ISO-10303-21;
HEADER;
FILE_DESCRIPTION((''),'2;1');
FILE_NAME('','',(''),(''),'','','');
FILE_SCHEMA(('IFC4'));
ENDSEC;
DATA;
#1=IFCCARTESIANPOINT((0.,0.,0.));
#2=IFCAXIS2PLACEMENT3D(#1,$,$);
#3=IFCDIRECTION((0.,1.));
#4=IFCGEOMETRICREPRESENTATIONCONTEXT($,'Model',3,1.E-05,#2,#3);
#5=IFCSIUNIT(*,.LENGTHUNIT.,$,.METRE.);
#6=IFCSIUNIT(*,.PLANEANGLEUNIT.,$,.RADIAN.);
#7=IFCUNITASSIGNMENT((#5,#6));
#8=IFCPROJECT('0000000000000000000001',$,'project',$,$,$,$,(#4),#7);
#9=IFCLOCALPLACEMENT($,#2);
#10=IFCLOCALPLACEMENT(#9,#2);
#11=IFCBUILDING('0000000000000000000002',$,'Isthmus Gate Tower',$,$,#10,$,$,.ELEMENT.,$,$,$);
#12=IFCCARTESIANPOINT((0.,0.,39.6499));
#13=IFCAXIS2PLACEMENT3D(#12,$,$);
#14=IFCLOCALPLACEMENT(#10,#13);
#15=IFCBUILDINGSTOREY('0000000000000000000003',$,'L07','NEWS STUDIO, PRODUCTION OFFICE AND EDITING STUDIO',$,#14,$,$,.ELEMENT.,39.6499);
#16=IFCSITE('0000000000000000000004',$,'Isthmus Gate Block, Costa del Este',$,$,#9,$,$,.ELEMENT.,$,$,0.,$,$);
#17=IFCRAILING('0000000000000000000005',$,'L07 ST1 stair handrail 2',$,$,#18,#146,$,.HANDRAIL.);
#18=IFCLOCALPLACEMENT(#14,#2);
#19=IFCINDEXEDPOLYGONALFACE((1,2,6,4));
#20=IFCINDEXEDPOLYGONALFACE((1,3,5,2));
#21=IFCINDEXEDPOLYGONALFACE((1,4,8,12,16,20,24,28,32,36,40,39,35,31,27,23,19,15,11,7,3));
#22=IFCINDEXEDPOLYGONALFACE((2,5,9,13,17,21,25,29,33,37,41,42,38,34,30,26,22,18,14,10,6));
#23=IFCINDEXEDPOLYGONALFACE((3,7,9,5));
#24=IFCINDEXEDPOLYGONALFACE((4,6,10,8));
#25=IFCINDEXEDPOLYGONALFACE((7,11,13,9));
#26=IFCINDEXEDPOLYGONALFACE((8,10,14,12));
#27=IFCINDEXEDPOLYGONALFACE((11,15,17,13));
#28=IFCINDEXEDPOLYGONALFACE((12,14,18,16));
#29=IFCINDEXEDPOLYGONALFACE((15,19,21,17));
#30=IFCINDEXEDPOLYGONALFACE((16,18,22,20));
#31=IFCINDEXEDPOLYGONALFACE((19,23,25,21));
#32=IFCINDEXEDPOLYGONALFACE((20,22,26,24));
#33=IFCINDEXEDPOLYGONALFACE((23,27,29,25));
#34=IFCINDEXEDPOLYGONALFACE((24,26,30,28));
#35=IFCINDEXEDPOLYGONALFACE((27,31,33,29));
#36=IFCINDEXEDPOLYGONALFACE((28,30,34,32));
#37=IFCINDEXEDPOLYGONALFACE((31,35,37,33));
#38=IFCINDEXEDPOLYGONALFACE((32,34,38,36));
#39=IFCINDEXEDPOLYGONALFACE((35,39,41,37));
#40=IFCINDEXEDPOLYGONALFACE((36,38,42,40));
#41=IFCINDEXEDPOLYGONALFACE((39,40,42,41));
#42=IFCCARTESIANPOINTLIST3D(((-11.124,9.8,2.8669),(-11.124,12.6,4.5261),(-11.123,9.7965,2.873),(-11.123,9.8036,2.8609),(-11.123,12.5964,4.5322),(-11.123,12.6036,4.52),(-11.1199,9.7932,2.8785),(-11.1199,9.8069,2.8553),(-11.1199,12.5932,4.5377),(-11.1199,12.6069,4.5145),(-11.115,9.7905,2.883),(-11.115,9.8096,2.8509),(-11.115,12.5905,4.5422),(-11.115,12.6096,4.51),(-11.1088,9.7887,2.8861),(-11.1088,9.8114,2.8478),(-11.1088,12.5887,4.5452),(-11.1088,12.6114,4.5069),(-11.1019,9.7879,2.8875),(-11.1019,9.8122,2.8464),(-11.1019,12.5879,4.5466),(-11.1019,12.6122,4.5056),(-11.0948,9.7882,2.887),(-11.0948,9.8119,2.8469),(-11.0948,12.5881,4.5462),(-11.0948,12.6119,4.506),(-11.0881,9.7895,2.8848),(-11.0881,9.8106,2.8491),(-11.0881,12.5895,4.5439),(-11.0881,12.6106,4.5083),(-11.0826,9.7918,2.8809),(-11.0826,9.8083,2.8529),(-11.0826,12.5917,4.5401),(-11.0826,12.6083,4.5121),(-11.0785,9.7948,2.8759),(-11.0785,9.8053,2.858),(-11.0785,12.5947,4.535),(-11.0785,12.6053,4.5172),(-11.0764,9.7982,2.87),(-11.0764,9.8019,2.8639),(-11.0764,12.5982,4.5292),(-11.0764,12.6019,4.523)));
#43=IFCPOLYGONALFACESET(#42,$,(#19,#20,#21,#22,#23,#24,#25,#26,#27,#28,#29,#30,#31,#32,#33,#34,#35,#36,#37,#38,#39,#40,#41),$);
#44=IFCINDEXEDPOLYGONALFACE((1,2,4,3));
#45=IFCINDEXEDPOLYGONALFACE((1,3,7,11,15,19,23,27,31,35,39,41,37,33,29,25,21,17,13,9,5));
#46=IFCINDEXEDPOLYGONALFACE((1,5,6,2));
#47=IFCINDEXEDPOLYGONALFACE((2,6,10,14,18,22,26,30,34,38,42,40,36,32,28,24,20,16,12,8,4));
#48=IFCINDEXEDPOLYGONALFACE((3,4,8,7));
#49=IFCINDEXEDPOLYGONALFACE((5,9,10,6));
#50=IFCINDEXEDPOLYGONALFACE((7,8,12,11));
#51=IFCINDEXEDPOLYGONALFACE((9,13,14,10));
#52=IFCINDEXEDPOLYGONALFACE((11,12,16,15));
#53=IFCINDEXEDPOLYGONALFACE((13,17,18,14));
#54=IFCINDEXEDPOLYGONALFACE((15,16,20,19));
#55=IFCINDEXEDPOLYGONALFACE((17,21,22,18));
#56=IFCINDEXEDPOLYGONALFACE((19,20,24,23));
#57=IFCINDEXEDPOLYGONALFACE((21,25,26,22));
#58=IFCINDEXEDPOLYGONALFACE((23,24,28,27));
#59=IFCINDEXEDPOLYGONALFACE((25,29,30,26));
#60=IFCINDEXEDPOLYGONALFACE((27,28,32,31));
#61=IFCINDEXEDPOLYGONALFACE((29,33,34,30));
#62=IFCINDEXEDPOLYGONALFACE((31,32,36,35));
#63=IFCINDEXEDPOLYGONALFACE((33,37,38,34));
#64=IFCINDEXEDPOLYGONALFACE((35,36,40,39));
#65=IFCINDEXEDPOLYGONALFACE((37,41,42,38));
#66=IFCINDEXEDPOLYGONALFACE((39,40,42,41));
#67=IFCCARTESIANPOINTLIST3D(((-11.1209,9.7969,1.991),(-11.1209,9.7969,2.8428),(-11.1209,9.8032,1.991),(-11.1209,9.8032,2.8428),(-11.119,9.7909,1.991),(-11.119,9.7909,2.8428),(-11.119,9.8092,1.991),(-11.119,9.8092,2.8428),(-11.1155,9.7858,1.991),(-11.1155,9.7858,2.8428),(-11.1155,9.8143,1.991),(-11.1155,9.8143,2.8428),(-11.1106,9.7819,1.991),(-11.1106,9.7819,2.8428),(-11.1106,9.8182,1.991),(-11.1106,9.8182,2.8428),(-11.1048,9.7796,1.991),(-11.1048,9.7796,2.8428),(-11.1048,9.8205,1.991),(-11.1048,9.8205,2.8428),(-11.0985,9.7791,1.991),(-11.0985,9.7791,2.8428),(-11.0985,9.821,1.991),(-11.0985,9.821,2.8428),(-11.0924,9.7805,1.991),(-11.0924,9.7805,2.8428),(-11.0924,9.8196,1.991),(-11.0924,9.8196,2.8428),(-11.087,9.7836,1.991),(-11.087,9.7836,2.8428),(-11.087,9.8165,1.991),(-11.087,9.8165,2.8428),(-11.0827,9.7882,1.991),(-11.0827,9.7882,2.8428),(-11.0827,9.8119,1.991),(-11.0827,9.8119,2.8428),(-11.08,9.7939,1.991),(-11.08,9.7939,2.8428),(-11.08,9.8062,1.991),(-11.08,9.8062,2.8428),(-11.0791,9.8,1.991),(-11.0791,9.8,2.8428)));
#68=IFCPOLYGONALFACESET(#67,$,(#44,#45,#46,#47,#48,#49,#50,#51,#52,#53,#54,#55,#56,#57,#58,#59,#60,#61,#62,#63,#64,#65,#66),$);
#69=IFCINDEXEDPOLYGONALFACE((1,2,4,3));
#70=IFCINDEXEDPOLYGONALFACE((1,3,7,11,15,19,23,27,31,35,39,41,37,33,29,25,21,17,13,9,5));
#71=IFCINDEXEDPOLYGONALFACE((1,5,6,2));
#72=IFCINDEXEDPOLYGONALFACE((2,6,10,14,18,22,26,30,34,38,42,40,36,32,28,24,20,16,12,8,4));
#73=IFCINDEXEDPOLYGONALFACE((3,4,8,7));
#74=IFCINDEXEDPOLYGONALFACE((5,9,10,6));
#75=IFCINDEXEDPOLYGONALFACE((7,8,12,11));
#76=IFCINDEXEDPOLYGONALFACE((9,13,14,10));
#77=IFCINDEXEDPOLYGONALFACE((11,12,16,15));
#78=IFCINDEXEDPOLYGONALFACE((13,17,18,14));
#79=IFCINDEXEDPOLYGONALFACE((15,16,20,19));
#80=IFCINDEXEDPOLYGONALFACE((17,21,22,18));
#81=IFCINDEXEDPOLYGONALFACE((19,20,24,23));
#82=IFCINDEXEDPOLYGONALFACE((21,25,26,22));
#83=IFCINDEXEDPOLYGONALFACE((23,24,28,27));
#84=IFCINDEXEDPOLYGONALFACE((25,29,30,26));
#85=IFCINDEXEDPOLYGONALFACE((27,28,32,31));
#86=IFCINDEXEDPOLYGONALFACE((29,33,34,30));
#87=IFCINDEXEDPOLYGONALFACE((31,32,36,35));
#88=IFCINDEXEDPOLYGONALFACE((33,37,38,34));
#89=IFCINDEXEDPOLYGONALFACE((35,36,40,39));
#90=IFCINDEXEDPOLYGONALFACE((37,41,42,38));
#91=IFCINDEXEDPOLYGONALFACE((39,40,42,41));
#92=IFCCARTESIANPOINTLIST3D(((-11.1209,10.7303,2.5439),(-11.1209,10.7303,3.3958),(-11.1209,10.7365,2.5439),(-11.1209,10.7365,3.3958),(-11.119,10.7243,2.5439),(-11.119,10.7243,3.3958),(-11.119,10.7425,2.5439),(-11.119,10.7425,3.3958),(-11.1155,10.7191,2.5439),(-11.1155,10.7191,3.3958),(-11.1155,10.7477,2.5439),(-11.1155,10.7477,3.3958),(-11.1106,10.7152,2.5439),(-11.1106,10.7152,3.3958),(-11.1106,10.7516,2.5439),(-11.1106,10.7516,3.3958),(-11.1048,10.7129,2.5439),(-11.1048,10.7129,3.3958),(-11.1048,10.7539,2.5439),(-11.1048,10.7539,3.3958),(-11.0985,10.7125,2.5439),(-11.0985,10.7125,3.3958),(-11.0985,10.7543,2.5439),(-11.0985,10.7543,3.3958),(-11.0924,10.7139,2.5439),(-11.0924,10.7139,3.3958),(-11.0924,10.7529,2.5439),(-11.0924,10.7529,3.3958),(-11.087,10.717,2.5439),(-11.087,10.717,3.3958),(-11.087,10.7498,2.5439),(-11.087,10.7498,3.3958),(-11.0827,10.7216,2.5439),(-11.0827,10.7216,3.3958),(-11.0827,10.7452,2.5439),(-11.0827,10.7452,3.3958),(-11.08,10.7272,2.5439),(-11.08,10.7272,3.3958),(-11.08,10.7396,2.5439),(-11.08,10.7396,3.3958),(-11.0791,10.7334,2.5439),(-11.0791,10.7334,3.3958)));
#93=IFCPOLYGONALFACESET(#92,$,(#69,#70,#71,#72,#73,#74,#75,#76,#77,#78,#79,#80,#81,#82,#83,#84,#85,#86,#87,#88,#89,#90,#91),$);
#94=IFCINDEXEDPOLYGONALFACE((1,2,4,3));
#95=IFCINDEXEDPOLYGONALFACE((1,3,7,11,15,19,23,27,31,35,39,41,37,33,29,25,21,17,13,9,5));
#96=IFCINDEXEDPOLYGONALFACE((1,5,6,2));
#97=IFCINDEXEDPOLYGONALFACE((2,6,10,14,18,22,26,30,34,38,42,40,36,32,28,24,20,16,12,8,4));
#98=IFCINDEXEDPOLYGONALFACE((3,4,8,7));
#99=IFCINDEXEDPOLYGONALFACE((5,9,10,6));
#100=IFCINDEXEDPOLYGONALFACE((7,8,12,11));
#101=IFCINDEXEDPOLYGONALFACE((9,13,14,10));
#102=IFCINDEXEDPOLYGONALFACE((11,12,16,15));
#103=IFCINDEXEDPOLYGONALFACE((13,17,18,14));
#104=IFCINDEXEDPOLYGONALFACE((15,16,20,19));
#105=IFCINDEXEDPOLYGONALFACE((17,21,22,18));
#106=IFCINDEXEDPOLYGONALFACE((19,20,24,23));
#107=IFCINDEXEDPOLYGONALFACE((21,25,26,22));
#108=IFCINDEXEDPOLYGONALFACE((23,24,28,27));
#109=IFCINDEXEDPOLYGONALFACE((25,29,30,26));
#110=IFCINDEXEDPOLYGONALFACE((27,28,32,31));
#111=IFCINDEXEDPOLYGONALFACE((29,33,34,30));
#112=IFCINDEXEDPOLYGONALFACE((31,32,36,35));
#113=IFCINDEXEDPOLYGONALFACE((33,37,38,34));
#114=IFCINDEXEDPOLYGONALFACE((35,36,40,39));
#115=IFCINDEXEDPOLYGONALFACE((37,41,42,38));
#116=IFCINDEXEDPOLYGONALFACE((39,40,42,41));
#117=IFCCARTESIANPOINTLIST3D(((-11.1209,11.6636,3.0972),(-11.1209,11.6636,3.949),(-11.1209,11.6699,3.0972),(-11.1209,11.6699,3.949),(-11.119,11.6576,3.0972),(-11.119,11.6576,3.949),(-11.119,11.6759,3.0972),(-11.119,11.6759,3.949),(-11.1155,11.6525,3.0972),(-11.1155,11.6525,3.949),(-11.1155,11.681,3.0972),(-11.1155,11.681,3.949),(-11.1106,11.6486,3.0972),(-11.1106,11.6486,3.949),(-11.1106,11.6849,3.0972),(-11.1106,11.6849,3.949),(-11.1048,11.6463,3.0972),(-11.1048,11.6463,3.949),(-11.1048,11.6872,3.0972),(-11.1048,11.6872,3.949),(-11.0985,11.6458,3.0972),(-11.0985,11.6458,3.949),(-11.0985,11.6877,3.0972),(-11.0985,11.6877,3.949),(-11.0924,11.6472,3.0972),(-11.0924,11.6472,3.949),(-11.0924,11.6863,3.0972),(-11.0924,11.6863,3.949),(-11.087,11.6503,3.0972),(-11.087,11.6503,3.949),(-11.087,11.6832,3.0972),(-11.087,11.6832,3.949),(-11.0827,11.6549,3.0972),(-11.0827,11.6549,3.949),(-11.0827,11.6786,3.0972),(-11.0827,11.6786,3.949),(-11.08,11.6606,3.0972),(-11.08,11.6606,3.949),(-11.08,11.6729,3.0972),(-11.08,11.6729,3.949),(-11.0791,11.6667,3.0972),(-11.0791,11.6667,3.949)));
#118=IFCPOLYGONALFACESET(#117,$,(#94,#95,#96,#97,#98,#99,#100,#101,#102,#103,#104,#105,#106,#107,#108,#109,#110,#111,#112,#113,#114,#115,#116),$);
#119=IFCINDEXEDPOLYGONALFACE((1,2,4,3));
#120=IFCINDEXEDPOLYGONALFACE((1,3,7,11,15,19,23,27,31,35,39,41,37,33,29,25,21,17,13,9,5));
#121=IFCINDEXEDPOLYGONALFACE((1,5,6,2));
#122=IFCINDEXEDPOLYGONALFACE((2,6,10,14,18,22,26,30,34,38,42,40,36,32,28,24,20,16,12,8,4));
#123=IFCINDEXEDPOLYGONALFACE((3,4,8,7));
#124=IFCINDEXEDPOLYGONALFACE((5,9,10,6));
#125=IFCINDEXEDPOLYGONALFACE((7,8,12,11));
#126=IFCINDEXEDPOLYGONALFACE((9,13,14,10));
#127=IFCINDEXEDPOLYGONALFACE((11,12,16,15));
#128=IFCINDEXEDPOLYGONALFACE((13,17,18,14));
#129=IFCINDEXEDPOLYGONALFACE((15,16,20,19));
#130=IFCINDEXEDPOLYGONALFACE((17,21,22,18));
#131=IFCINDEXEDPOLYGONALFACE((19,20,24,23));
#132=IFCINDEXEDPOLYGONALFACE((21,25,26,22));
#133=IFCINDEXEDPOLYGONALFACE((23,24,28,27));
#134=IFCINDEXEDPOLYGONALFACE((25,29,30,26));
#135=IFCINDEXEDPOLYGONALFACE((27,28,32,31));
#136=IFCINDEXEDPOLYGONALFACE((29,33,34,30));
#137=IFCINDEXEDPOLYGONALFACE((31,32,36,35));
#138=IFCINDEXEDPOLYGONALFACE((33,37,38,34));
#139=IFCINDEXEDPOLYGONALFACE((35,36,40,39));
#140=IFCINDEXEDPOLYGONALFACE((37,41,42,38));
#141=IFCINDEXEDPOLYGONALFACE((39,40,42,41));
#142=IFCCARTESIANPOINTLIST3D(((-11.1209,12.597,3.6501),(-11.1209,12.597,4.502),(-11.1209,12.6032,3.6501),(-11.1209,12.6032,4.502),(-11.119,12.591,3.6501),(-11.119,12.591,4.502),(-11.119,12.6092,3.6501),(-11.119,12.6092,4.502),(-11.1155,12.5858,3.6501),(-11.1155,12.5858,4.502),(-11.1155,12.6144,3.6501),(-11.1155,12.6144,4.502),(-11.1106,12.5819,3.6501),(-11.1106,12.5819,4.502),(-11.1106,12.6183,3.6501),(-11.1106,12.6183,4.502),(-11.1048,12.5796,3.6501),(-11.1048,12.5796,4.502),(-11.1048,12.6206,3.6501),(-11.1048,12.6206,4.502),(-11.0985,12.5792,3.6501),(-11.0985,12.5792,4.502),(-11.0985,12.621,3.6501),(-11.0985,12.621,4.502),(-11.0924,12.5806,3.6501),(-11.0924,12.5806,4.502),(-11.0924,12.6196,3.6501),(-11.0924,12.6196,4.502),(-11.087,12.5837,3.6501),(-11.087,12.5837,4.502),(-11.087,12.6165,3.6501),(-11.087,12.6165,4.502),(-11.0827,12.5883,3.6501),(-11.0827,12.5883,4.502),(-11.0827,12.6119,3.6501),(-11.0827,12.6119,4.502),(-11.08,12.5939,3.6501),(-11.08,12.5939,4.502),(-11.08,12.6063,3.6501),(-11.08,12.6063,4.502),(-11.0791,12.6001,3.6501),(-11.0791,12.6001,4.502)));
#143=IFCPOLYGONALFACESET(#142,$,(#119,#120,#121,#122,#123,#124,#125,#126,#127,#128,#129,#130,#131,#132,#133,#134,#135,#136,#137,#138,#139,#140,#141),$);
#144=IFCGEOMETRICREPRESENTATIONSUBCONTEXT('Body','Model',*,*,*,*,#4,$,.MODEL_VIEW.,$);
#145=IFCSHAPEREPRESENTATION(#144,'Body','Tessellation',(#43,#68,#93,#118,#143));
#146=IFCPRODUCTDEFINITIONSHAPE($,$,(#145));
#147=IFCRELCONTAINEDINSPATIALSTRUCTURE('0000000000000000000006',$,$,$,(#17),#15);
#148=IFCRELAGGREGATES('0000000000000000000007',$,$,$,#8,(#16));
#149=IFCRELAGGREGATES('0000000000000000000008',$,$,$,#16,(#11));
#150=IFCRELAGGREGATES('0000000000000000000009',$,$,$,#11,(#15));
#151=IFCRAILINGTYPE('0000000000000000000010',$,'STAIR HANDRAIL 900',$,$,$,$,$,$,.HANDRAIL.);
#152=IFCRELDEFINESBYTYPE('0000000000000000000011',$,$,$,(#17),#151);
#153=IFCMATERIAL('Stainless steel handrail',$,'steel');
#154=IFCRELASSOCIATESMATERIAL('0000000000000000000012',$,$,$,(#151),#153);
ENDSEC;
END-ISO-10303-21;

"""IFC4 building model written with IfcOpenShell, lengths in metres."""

from ifc_helpers import new_model, si_unit, direction, frame, origin, origin_2d, place, context, subcontext, project, spatial, circle, extrude, material, type_object, element, save


model = new_model("IFC4")

# Units and contexts
model_context = context("Model", 3, precision=1e-05, world=origin(), true_north=direction((0.0, 1.0)))
body_context = subcontext(model_context, "Body", "Model", "MODEL_VIEW")
ifc_project = project(units=[si_unit("LENGTHUNIT", "METRE"), si_unit("PLANEANGLEUNIT", "RADIAN")], contexts=[model_context])

# Site, building, storey
site_placement = place(None, origin())
site = spatial("IfcSite", under=ifc_project, at=site_placement, Name="Isthmus Gate Block, Costa del Este", CompositionType="ELEMENT", RefElevation=0.0)
building_placement = place(site_placement, origin())
building = spatial("IfcBuilding", under=site, at=building_placement, Name="Isthmus Gate Tower", CompositionType="ELEMENT")
storey_placement = place(building_placement, frame((0.0, 0.0, 39.6499)))
storey = spatial("IfcBuildingStorey", under=building, at=storey_placement, Name="L07", Description="NEWS STUDIO, PRODUCTION OFFICE AND EDITING STUDIO", CompositionType="ELEMENT", Elevation=39.6499)

# Railing
ifc_material_1 = material(Name="Stainless steel handrail", Category="steel")
railing_type_1 = type_object("IfcRailingType", Name="STAIR HANDRAIL 900", PredefinedType="HANDRAIL", material=ifc_material_1)
for number, where, name in (
    (1, (-11.1001, 9.8, 1.991), "L07 ST1 stair handrail 2"),
):
    element("IfcRailing", number, at=place(storey_placement, frame(where)), inside=storey, type_object=railing_type_1, Name=name, PredefinedType="HANDRAIL", context=body_context, shape_type="SweptSolid", body=[
        extrude(circle(Radius=0.0239, at=origin_2d()), frame((0.0, 0.0, 0.876), z_axis=(0.0, 0.860306, 0.509778), x_axis=(-1.0, 0.0, 0.0)), (0.0, 0.0, 1.0), 3.2546),
        extrude(circle(Radius=0.021, at=origin_2d()), origin(), (0.0, 0.0, 1.0), 0.8518),
        extrude(circle(Radius=0.021, at=origin_2d()), frame((0.0, 0.9333, 0.553)), (0.0, 0.0, 1.0), 0.8518),
        extrude(circle(Radius=0.021, at=origin_2d()), frame((0.0, 1.8667, 1.1062)), (0.0, 0.0, 1.0), 0.8518),
        extrude(circle(Radius=0.021, at=origin_2d()), frame((0.0, 2.8, 1.6592)), (0.0, 0.0, 1.0), 0.8518),
    ])

save(model, "model.ifc")
